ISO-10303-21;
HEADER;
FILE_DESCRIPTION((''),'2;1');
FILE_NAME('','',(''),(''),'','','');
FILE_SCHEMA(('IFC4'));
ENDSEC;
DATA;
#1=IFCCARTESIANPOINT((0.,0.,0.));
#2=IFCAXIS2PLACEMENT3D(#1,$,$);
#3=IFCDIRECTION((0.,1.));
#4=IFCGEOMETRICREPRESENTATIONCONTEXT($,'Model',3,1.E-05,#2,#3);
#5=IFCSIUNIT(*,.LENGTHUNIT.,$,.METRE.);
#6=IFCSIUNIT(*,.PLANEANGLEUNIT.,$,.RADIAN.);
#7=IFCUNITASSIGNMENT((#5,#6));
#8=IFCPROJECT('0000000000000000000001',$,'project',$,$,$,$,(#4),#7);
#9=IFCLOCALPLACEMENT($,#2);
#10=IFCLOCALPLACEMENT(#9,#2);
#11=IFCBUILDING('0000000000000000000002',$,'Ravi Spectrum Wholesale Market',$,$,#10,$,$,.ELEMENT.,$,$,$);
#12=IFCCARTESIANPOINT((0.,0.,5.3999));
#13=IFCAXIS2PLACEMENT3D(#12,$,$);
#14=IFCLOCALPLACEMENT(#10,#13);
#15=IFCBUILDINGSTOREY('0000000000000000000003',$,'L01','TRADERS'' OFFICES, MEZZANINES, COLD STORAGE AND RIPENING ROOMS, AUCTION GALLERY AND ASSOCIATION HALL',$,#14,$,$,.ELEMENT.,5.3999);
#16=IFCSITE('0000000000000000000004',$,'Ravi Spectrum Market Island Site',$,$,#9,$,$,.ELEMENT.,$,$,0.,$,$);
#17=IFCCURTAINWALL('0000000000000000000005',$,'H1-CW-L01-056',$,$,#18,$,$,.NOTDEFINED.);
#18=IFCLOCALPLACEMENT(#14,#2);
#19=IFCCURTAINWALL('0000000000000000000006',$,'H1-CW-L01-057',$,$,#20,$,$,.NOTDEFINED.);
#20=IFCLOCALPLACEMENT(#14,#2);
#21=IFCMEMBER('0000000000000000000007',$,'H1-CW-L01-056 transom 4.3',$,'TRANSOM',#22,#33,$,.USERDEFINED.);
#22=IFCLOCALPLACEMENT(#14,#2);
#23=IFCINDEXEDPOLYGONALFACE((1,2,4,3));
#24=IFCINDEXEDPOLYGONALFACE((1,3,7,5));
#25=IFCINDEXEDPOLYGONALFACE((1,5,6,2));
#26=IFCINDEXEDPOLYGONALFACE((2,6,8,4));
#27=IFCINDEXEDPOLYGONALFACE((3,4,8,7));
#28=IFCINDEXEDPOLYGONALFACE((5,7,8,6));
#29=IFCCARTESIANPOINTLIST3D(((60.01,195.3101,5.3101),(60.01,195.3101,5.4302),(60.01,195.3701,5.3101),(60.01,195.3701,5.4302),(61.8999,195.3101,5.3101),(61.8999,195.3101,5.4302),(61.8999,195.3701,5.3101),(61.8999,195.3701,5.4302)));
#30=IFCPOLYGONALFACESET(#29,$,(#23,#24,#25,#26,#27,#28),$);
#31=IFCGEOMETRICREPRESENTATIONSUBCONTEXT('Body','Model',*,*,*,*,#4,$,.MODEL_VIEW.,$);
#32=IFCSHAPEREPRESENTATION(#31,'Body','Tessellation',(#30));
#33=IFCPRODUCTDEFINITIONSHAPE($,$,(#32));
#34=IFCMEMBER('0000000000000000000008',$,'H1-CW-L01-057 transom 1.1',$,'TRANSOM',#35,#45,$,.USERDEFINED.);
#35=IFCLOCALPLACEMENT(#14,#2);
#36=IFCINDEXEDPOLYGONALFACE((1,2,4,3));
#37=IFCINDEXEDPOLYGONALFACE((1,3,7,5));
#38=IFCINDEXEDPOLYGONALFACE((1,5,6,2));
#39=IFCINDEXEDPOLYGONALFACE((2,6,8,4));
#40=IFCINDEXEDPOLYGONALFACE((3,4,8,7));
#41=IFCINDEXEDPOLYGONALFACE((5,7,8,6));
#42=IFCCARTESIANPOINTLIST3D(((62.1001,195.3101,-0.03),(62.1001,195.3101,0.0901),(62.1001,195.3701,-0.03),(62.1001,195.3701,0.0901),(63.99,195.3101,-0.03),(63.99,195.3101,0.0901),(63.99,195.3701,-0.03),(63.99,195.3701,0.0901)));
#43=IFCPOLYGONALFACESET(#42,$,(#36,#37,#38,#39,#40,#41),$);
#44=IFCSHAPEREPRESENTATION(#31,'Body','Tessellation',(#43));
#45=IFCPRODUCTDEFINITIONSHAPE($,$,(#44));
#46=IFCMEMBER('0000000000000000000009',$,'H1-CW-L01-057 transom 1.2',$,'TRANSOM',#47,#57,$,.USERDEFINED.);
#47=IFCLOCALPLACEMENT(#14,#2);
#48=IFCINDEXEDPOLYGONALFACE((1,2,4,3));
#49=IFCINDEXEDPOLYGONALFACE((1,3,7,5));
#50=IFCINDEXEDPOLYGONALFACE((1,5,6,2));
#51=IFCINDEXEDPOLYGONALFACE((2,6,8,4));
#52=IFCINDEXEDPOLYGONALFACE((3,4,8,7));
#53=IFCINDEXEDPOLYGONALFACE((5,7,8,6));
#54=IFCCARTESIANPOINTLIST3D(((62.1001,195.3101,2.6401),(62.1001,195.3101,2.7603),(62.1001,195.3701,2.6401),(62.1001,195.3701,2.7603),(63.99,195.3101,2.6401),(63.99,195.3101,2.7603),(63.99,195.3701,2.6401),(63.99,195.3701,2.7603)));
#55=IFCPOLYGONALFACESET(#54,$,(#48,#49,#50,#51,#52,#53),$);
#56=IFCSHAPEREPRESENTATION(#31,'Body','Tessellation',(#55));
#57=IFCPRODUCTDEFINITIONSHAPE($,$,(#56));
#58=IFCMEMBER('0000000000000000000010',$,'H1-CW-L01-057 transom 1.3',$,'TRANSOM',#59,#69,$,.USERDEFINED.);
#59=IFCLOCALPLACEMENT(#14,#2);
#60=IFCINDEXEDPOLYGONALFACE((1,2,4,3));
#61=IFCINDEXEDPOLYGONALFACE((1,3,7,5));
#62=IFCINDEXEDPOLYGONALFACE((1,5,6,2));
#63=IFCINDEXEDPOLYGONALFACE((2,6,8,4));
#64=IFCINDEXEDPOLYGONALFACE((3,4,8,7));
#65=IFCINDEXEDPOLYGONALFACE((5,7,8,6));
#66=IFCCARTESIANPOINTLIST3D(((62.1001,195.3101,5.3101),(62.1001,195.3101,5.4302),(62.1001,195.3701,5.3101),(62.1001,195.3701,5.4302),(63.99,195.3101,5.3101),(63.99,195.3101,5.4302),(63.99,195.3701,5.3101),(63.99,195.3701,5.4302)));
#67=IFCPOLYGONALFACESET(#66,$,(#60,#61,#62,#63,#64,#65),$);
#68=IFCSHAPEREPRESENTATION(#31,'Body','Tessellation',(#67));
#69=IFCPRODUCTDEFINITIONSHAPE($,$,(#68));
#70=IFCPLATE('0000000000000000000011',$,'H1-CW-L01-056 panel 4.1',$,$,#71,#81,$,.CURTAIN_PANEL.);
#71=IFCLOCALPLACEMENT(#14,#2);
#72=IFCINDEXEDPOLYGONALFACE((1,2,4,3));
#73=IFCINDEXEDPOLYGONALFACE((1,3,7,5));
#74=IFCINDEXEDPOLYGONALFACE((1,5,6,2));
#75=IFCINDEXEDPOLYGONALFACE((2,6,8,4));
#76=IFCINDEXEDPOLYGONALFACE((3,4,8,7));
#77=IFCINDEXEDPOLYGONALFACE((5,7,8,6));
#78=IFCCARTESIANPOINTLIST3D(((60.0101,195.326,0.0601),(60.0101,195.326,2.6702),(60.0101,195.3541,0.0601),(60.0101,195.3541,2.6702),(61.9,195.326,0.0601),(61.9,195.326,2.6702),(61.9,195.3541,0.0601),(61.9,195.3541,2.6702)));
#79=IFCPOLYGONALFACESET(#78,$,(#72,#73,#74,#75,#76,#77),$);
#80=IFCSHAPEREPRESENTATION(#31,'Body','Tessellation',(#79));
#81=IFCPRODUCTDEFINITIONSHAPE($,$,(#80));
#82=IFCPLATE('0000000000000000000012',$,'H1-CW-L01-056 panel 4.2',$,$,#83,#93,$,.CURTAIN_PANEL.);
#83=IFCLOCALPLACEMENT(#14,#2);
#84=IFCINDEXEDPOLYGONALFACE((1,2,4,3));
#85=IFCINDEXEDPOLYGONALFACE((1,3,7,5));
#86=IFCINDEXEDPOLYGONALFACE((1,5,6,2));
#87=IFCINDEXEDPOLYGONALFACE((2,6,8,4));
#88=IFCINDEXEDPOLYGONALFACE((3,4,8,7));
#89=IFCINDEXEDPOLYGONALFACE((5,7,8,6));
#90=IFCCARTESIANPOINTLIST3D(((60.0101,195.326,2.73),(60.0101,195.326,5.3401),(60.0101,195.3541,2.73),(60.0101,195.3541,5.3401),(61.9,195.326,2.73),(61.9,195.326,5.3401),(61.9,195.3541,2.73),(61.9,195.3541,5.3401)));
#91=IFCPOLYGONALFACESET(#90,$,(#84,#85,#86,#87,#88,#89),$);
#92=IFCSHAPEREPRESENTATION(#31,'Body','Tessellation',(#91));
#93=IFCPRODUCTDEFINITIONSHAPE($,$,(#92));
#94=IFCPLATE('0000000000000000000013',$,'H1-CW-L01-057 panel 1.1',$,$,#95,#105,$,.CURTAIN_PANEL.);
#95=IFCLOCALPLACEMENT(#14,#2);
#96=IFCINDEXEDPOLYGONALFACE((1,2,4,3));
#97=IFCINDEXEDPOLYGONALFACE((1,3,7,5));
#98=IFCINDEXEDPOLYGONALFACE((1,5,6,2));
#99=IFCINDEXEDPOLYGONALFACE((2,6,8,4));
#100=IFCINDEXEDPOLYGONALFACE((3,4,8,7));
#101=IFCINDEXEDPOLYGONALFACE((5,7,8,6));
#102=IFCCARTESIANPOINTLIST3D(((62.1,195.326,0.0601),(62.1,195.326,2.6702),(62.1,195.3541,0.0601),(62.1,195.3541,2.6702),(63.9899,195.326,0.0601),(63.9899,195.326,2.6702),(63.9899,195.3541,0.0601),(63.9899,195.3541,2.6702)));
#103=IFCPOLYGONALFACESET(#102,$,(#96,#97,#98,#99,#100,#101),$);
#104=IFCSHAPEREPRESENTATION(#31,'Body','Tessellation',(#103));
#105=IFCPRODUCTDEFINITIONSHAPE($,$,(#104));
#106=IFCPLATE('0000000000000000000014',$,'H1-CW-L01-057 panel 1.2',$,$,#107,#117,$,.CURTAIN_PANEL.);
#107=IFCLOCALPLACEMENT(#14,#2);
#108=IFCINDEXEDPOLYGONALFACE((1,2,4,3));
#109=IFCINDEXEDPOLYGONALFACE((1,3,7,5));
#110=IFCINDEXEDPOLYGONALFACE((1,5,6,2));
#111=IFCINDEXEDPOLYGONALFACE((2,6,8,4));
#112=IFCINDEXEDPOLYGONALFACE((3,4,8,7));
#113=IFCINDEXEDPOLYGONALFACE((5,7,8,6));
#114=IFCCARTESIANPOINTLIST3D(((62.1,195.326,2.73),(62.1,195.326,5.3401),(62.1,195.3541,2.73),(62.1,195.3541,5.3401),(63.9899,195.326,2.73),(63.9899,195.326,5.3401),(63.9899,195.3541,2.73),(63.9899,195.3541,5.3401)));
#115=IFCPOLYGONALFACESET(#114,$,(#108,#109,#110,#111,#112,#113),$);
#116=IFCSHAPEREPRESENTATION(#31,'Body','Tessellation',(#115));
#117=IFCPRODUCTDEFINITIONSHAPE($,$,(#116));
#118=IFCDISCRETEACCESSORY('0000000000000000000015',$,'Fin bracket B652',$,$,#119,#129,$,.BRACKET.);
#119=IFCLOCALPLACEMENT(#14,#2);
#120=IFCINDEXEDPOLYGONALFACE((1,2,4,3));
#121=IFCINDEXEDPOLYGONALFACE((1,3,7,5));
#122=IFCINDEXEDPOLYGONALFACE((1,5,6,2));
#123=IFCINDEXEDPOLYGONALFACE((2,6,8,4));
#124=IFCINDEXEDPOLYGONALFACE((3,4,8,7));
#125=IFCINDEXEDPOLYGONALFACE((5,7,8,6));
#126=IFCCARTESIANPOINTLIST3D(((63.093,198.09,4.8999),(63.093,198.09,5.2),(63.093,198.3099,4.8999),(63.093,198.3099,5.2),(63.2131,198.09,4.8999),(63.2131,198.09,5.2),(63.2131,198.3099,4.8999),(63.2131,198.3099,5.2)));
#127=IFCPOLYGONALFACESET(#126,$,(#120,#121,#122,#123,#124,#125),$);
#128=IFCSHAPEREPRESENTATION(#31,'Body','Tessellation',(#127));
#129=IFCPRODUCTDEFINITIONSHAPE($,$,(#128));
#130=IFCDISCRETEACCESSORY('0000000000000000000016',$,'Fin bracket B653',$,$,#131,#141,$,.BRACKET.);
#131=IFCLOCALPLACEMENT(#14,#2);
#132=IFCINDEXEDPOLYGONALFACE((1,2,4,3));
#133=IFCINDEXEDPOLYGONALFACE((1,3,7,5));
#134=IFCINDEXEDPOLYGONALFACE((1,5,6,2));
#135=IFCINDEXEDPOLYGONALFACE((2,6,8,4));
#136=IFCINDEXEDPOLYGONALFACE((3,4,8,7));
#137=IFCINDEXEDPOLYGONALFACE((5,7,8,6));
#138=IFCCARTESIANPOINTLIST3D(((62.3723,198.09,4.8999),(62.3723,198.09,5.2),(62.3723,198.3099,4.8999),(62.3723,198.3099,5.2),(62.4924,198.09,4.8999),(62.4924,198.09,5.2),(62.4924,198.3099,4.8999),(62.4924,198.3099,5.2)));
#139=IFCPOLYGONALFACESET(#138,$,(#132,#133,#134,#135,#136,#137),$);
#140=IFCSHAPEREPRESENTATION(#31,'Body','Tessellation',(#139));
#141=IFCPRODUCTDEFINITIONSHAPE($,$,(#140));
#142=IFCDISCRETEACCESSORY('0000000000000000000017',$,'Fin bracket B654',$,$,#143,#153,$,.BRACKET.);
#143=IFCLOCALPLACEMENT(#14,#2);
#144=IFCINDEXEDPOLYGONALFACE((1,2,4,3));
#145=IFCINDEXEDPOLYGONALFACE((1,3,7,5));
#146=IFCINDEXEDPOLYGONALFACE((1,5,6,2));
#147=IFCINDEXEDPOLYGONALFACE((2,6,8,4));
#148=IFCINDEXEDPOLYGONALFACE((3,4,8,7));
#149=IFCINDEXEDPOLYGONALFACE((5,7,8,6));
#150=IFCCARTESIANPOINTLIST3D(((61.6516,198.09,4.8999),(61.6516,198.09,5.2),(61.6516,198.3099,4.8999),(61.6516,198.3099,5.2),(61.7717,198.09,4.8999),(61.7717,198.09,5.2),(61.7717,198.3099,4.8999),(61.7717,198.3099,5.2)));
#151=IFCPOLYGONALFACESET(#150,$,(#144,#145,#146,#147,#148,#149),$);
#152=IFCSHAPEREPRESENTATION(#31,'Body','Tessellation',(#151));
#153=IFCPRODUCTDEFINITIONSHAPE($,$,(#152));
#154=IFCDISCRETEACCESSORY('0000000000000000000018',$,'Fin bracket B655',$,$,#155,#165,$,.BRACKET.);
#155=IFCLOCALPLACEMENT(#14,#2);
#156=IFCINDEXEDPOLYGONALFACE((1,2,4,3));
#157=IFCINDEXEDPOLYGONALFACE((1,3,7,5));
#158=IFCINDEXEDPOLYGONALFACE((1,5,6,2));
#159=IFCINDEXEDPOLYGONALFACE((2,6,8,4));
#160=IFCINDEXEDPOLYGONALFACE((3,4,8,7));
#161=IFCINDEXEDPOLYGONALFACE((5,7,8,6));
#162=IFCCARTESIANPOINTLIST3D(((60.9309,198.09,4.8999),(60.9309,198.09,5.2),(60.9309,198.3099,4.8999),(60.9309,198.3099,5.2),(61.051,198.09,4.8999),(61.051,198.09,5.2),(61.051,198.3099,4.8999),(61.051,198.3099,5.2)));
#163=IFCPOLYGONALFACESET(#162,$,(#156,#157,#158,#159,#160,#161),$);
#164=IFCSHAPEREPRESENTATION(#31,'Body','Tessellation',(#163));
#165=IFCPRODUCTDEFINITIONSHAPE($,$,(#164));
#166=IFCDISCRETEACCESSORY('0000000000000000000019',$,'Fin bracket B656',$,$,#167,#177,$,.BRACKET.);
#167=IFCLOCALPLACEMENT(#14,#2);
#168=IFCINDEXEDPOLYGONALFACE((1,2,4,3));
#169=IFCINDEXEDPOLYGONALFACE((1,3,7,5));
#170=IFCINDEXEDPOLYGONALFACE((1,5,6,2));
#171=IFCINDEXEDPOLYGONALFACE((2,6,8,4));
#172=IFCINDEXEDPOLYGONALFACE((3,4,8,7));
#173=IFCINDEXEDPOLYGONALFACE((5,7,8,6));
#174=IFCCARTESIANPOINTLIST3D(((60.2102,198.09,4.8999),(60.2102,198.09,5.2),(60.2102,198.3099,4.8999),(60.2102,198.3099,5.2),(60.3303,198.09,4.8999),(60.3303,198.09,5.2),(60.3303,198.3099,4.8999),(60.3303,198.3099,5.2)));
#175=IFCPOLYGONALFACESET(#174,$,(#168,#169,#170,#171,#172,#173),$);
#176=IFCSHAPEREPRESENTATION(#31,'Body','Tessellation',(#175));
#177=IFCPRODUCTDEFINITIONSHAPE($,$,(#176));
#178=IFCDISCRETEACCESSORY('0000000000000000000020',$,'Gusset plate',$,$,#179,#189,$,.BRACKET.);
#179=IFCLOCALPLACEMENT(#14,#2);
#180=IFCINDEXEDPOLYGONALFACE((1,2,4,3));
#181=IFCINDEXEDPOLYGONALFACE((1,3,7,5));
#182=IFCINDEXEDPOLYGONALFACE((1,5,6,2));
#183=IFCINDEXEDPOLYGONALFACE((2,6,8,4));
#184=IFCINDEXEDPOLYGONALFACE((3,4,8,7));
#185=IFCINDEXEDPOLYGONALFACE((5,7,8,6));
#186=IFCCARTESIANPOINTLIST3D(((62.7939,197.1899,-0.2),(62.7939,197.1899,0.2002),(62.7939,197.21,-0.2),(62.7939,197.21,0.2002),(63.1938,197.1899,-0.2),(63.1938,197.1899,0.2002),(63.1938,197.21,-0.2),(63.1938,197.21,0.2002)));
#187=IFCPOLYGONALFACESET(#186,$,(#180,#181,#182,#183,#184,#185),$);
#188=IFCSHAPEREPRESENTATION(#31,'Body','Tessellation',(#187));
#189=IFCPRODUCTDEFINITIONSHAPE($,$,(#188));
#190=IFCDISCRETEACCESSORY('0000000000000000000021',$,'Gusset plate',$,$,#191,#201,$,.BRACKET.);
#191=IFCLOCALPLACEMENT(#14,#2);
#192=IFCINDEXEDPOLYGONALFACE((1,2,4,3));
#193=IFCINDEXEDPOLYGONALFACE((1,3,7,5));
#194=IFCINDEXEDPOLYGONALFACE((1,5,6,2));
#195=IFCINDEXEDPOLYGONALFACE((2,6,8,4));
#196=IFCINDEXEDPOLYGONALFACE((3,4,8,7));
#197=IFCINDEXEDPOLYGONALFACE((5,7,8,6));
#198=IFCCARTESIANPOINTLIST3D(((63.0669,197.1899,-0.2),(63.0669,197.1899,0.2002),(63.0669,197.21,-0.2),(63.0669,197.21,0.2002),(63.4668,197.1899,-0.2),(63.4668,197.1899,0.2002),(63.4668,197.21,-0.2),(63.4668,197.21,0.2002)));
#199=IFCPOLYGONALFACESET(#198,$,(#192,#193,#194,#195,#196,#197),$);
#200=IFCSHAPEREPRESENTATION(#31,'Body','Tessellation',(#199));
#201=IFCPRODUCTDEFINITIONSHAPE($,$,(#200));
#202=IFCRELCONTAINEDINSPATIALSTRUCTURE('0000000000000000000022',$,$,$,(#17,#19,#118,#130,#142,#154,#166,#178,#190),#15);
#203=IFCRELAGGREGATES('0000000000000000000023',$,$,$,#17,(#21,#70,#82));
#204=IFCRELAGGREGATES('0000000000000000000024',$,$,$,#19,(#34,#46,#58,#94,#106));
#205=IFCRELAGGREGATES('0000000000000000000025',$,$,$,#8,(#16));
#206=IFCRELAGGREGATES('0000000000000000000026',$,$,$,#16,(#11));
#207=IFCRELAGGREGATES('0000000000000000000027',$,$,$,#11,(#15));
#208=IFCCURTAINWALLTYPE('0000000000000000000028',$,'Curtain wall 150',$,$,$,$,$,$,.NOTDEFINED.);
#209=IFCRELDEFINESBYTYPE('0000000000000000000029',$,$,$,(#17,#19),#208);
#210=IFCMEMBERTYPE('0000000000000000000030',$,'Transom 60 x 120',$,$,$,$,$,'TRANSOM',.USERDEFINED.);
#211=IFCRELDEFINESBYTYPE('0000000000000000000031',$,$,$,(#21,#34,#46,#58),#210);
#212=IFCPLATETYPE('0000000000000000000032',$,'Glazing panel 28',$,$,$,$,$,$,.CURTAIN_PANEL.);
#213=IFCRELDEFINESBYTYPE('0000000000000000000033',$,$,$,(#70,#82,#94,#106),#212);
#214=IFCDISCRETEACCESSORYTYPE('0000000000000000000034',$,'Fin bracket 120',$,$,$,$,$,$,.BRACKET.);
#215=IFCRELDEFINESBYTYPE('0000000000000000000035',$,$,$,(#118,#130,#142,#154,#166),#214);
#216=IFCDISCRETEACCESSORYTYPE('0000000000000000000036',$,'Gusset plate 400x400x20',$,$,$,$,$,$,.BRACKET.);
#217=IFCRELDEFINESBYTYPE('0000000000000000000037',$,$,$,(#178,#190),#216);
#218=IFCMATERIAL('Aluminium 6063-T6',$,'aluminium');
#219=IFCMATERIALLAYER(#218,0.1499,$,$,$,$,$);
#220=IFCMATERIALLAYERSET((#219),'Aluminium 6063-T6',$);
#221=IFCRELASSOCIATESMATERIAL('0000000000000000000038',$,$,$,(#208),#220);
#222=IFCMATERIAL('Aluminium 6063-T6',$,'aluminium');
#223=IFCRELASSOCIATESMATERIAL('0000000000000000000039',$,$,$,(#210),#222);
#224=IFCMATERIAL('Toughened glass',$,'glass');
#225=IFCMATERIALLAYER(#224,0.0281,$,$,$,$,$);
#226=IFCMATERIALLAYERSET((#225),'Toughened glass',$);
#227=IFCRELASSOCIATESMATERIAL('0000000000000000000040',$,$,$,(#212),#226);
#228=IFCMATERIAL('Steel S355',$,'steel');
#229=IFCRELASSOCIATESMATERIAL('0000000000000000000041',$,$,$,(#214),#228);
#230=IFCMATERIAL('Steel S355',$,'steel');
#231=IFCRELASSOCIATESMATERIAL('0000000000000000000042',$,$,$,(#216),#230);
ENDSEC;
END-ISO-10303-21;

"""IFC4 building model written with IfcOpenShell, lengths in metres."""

from ifc_helpers import new_model, si_unit, direction, frame, origin, origin_2d, place, context, subcontext, project, spatial, rectangle, extrude, material, layer, layer_set, material_profile, profile_set, type_object, element, aggregate, save


model = new_model("IFC4")

# Units and contexts
model_context = context("Model", 3, precision=1e-05, world=origin(), true_north=direction((0.0, 1.0)))
body_context = subcontext(model_context, "Body", "Model", "MODEL_VIEW")
ifc_project = project(units=[si_unit("LENGTHUNIT", "METRE"), si_unit("PLANEANGLEUNIT", "RADIAN")], contexts=[model_context])

# Site, building, storey
site_placement = place(None, origin())
site = spatial("IfcSite", under=ifc_project, at=site_placement, Name="Ravi Spectrum Market Island Site", CompositionType="ELEMENT", RefElevation=0.0)
building_placement = place(site_placement, origin())
building = spatial("IfcBuilding", under=site, at=building_placement, Name="Ravi Spectrum Wholesale Market", CompositionType="ELEMENT")
storey_placement = place(building_placement, frame((0.0, 0.0, 5.3999)))
storey = spatial("IfcBuildingStorey", under=building, at=storey_placement, Name="L01", Description="TRADERS' OFFICES, MEZZANINES, COLD STORAGE AND RIPENING ROOMS, AUCTION GALLERY AND ASSOCIATION HALL", CompositionType="ELEMENT", Elevation=5.3999)

# Curtain wall
ifc_material_1 = material(Name="Aluminium 6063-T6", Category="aluminium")
ifc_layer_1 = layer(ifc_material_1, 0.1499)
ifc_layer_set_1 = layer_set([ifc_layer_1], Name="Aluminium 6063-T6")
curtain_wall_type = type_object("IfcCurtainWallType", Name="Curtain wall 150", PredefinedType="NOTDEFINED", material=ifc_layer_set_1)
curtain_wall_1_placement = place(storey_placement, origin())
curtain_wall_1 = element("IfcCurtainWall", 1, at=curtain_wall_1_placement, inside=storey, type_object=curtain_wall_type, Name="H1-CW-L01-056", PredefinedType="NOTDEFINED")

# Curtain wall
curtain_wall_2_placement = place(storey_placement, origin())
curtain_wall_2 = element("IfcCurtainWall", 2, at=curtain_wall_2_placement, inside=storey, type_object=curtain_wall_type, Name="H1-CW-L01-057", PredefinedType="NOTDEFINED")

# Members
ifc_material_2 = material(Name="Aluminium 6063-T6", Category="aluminium")
ifc_material_profile_1 = material_profile(ifc_material_2, rectangle(XDim=0.0601, YDim=0.1201, at=origin_2d()))
ifc_profile_set_1 = profile_set([ifc_material_profile_1], Name="Aluminium 6063-T6")
member_type_1 = type_object("IfcMemberType", Name="Transom 60 x 120", ElementType="TRANSOM", PredefinedType="USERDEFINED", material=ifc_profile_set_1)
member_1_placement = place(storey_placement, frame((60.01, 195.3401, 5.3701), z_axis=(1.0, 0.0, 0.0), x_axis=(0.0, 1.0, 0.0)))
member_1 = element("IfcMember", 3, at=member_1_placement, type_object=member_type_1, Name="H1-CW-L01-056 transom 4.3", ObjectType="TRANSOM", PredefinedType="USERDEFINED", context=body_context, shape_type="SweptSolid", body=[
    extrude(rectangle(XDim=0.0601, YDim=0.1201, at=origin_2d()), origin(), (0.0, 0.0, 1.0), 1.8899),
])
member_2_placement = place(storey_placement, frame((62.1001, 195.3401, 0.03), z_axis=(1.0, 0.0, 0.0), x_axis=(0.0, 1.0, 0.0)))
member_2 = element("IfcMember", 4, at=member_2_placement, type_object=member_type_1, Name="H1-CW-L01-057 transom 1.1", ObjectType="TRANSOM", PredefinedType="USERDEFINED", context=body_context, shape_type="SweptSolid", body=[
    extrude(rectangle(XDim=0.0601, YDim=0.1201, at=origin_2d()), origin(), (0.0, 0.0, 1.0), 1.8899),
])
member_3_placement = place(storey_placement, frame((62.1001, 195.3401, 2.7002), z_axis=(1.0, 0.0, 0.0), x_axis=(0.0, 1.0, 0.0)))
member_3 = element("IfcMember", 5, at=member_3_placement, type_object=member_type_1, Name="H1-CW-L01-057 transom 1.2", ObjectType="TRANSOM", PredefinedType="USERDEFINED", context=body_context, shape_type="SweptSolid", body=[
    extrude(rectangle(XDim=0.0601, YDim=0.1201, at=origin_2d()), origin(), (0.0, 0.0, 1.0), 1.8899),
])
member_4_placement = place(storey_placement, frame((62.1001, 195.3401, 5.3701), z_axis=(1.0, 0.0, 0.0), x_axis=(0.0, 1.0, 0.0)))
member_4 = element("IfcMember", 6, at=member_4_placement, type_object=member_type_1, Name="H1-CW-L01-057 transom 1.3", ObjectType="TRANSOM", PredefinedType="USERDEFINED", context=body_context, shape_type="SweptSolid", body=[
    extrude(rectangle(XDim=0.0601, YDim=0.1201, at=origin_2d()), origin(), (0.0, 0.0, 1.0), 1.8899),
])

# Plates
ifc_material_3 = material(Name="Toughened glass", Category="glass")
ifc_layer_2 = layer(ifc_material_3, 0.0281)
ifc_layer_set_2 = layer_set([ifc_layer_2], Name="Toughened glass")
plate_type = type_object("IfcPlateType", Name="Glazing panel 28", PredefinedType="CURTAIN_PANEL", material=ifc_layer_set_2)
plate_1_placement = place(storey_placement, frame((60.9551, 195.3401, 0.0601), z_axis=(0.0, 0.0, 1.0), x_axis=(1.0, 0.0, 0.0)))
plate_1 = element("IfcPlate", 7, at=plate_1_placement, type_object=plate_type, Name="H1-CW-L01-056 panel 4.1", PredefinedType="CURTAIN_PANEL", context=body_context, shape_type="SweptSolid", body=[
    extrude(rectangle(XDim=1.8899, YDim=0.0281, at=origin_2d()), origin(), (0.0, 0.0, 1.0), 2.6101),
])
plate_2_placement = place(storey_placement, frame((60.9551, 195.3401, 2.73), z_axis=(0.0, 0.0, 1.0), x_axis=(1.0, 0.0, 0.0)))
plate_2 = element("IfcPlate", 8, at=plate_2_placement, type_object=plate_type, Name="H1-CW-L01-056 panel 4.2", PredefinedType="CURTAIN_PANEL", context=body_context, shape_type="SweptSolid", body=[
    extrude(rectangle(XDim=1.8899, YDim=0.0281, at=origin_2d()), origin(), (0.0, 0.0, 1.0), 2.6101),
])
aggregate(curtain_wall_1, [member_1, plate_1, plate_2])
plate_3_placement = place(storey_placement, frame((63.0449, 195.3401, 0.0601), z_axis=(0.0, 0.0, 1.0), x_axis=(1.0, 0.0, 0.0)))
plate_3 = element("IfcPlate", 9, at=plate_3_placement, type_object=plate_type, Name="H1-CW-L01-057 panel 1.1", PredefinedType="CURTAIN_PANEL", context=body_context, shape_type="SweptSolid", body=[
    extrude(rectangle(XDim=1.8899, YDim=0.0281, at=origin_2d()), origin(), (0.0, 0.0, 1.0), 2.6101),
])
plate_4_placement = place(storey_placement, frame((63.0449, 195.3401, 2.73), z_axis=(0.0, 0.0, 1.0), x_axis=(1.0, 0.0, 0.0)))
plate_4 = element("IfcPlate", 10, at=plate_4_placement, type_object=plate_type, Name="H1-CW-L01-057 panel 1.2", PredefinedType="CURTAIN_PANEL", context=body_context, shape_type="SweptSolid", body=[
    extrude(rectangle(XDim=1.8899, YDim=0.0281, at=origin_2d()), origin(), (0.0, 0.0, 1.0), 2.6101),
])
aggregate(curtain_wall_2, [member_2, member_3, member_4, plate_3, plate_4])

# Discrete accessories
ifc_material_4 = material(Name="Steel S355", Category="steel")
discrete_accessory_type_1 = type_object("IfcDiscreteAccessoryType", Name="Fin bracket 120", PredefinedType="BRACKET", material=ifc_material_4)
for number, where, z_axis, x_axis, name in (
    (11, (63.1531, 198.2, 4.8999), (0.0, 0.0, 1.0), (-1.0, 0.0, 0.0), "Fin bracket B652"),
    (12, (62.4324, 198.2, 4.8999), (0.0, 0.0, 1.0), (-1.0, 0.0, 0.0), "Fin bracket B653"),
    (13, (61.7117, 198.2, 4.8999), (0.0, 0.0, 1.0), (-1.0, 0.0, 0.0), "Fin bracket B654"),
    (14, (60.991, 198.2, 4.8999), (0.0, 0.0, 1.0), (-1.0, 0.0, 0.0), "Fin bracket B655"),
    (15, (60.2703, 198.2, 4.8999), (0.0, 0.0, 1.0), (-1.0, 0.0, 0.0), "Fin bracket B656"),
):
    element("IfcDiscreteAccessory", number, at=place(storey_placement, frame(where, z_axis=z_axis, x_axis=x_axis)), inside=storey, type_object=discrete_accessory_type_1, Name=name, PredefinedType="BRACKET", context=body_context, shape_type="SweptSolid", body=[
        extrude(rectangle(XDim=0.1201, YDim=0.22, at=origin_2d()), origin(), (0.0, 0.0, 1.0), 0.3),
    ])
ifc_material_5 = material(Name="Steel S355", Category="steel")
ifc_material_profile_2 = material_profile(ifc_material_5, rectangle(XDim=0.3999, YDim=0.02, at=origin_2d()))
ifc_profile_set_2 = profile_set([ifc_material_profile_2], Name="Steel S355")
discrete_accessory_type_2 = type_object("IfcDiscreteAccessoryType", Name="Gusset plate 400x400x20", PredefinedType="BRACKET", material=ifc_profile_set_2)
for number, where, z_axis, x_axis, name in (
    (16, (62.9939, 197.2, -0.2), (0.0, 0.0, 1.0), (1.0, 0.0, 0.0), "Gusset plate"),
    (17, (63.2668, 197.2, -0.2), (0.0, 0.0, 1.0), (1.0, 0.0, 0.0), "Gusset plate"),
):
    element("IfcDiscreteAccessory", number, at=place(storey_placement, frame(where, z_axis=z_axis, x_axis=x_axis)), inside=storey, type_object=discrete_accessory_type_2, Name=name, PredefinedType="BRACKET", context=body_context, shape_type="SweptSolid", body=[
        extrude(rectangle(XDim=0.3999, YDim=0.02, at=origin_2d()), origin(), (0.0, 0.0, 1.0), 0.4001),
    ])

save(model, "model.ifc")
